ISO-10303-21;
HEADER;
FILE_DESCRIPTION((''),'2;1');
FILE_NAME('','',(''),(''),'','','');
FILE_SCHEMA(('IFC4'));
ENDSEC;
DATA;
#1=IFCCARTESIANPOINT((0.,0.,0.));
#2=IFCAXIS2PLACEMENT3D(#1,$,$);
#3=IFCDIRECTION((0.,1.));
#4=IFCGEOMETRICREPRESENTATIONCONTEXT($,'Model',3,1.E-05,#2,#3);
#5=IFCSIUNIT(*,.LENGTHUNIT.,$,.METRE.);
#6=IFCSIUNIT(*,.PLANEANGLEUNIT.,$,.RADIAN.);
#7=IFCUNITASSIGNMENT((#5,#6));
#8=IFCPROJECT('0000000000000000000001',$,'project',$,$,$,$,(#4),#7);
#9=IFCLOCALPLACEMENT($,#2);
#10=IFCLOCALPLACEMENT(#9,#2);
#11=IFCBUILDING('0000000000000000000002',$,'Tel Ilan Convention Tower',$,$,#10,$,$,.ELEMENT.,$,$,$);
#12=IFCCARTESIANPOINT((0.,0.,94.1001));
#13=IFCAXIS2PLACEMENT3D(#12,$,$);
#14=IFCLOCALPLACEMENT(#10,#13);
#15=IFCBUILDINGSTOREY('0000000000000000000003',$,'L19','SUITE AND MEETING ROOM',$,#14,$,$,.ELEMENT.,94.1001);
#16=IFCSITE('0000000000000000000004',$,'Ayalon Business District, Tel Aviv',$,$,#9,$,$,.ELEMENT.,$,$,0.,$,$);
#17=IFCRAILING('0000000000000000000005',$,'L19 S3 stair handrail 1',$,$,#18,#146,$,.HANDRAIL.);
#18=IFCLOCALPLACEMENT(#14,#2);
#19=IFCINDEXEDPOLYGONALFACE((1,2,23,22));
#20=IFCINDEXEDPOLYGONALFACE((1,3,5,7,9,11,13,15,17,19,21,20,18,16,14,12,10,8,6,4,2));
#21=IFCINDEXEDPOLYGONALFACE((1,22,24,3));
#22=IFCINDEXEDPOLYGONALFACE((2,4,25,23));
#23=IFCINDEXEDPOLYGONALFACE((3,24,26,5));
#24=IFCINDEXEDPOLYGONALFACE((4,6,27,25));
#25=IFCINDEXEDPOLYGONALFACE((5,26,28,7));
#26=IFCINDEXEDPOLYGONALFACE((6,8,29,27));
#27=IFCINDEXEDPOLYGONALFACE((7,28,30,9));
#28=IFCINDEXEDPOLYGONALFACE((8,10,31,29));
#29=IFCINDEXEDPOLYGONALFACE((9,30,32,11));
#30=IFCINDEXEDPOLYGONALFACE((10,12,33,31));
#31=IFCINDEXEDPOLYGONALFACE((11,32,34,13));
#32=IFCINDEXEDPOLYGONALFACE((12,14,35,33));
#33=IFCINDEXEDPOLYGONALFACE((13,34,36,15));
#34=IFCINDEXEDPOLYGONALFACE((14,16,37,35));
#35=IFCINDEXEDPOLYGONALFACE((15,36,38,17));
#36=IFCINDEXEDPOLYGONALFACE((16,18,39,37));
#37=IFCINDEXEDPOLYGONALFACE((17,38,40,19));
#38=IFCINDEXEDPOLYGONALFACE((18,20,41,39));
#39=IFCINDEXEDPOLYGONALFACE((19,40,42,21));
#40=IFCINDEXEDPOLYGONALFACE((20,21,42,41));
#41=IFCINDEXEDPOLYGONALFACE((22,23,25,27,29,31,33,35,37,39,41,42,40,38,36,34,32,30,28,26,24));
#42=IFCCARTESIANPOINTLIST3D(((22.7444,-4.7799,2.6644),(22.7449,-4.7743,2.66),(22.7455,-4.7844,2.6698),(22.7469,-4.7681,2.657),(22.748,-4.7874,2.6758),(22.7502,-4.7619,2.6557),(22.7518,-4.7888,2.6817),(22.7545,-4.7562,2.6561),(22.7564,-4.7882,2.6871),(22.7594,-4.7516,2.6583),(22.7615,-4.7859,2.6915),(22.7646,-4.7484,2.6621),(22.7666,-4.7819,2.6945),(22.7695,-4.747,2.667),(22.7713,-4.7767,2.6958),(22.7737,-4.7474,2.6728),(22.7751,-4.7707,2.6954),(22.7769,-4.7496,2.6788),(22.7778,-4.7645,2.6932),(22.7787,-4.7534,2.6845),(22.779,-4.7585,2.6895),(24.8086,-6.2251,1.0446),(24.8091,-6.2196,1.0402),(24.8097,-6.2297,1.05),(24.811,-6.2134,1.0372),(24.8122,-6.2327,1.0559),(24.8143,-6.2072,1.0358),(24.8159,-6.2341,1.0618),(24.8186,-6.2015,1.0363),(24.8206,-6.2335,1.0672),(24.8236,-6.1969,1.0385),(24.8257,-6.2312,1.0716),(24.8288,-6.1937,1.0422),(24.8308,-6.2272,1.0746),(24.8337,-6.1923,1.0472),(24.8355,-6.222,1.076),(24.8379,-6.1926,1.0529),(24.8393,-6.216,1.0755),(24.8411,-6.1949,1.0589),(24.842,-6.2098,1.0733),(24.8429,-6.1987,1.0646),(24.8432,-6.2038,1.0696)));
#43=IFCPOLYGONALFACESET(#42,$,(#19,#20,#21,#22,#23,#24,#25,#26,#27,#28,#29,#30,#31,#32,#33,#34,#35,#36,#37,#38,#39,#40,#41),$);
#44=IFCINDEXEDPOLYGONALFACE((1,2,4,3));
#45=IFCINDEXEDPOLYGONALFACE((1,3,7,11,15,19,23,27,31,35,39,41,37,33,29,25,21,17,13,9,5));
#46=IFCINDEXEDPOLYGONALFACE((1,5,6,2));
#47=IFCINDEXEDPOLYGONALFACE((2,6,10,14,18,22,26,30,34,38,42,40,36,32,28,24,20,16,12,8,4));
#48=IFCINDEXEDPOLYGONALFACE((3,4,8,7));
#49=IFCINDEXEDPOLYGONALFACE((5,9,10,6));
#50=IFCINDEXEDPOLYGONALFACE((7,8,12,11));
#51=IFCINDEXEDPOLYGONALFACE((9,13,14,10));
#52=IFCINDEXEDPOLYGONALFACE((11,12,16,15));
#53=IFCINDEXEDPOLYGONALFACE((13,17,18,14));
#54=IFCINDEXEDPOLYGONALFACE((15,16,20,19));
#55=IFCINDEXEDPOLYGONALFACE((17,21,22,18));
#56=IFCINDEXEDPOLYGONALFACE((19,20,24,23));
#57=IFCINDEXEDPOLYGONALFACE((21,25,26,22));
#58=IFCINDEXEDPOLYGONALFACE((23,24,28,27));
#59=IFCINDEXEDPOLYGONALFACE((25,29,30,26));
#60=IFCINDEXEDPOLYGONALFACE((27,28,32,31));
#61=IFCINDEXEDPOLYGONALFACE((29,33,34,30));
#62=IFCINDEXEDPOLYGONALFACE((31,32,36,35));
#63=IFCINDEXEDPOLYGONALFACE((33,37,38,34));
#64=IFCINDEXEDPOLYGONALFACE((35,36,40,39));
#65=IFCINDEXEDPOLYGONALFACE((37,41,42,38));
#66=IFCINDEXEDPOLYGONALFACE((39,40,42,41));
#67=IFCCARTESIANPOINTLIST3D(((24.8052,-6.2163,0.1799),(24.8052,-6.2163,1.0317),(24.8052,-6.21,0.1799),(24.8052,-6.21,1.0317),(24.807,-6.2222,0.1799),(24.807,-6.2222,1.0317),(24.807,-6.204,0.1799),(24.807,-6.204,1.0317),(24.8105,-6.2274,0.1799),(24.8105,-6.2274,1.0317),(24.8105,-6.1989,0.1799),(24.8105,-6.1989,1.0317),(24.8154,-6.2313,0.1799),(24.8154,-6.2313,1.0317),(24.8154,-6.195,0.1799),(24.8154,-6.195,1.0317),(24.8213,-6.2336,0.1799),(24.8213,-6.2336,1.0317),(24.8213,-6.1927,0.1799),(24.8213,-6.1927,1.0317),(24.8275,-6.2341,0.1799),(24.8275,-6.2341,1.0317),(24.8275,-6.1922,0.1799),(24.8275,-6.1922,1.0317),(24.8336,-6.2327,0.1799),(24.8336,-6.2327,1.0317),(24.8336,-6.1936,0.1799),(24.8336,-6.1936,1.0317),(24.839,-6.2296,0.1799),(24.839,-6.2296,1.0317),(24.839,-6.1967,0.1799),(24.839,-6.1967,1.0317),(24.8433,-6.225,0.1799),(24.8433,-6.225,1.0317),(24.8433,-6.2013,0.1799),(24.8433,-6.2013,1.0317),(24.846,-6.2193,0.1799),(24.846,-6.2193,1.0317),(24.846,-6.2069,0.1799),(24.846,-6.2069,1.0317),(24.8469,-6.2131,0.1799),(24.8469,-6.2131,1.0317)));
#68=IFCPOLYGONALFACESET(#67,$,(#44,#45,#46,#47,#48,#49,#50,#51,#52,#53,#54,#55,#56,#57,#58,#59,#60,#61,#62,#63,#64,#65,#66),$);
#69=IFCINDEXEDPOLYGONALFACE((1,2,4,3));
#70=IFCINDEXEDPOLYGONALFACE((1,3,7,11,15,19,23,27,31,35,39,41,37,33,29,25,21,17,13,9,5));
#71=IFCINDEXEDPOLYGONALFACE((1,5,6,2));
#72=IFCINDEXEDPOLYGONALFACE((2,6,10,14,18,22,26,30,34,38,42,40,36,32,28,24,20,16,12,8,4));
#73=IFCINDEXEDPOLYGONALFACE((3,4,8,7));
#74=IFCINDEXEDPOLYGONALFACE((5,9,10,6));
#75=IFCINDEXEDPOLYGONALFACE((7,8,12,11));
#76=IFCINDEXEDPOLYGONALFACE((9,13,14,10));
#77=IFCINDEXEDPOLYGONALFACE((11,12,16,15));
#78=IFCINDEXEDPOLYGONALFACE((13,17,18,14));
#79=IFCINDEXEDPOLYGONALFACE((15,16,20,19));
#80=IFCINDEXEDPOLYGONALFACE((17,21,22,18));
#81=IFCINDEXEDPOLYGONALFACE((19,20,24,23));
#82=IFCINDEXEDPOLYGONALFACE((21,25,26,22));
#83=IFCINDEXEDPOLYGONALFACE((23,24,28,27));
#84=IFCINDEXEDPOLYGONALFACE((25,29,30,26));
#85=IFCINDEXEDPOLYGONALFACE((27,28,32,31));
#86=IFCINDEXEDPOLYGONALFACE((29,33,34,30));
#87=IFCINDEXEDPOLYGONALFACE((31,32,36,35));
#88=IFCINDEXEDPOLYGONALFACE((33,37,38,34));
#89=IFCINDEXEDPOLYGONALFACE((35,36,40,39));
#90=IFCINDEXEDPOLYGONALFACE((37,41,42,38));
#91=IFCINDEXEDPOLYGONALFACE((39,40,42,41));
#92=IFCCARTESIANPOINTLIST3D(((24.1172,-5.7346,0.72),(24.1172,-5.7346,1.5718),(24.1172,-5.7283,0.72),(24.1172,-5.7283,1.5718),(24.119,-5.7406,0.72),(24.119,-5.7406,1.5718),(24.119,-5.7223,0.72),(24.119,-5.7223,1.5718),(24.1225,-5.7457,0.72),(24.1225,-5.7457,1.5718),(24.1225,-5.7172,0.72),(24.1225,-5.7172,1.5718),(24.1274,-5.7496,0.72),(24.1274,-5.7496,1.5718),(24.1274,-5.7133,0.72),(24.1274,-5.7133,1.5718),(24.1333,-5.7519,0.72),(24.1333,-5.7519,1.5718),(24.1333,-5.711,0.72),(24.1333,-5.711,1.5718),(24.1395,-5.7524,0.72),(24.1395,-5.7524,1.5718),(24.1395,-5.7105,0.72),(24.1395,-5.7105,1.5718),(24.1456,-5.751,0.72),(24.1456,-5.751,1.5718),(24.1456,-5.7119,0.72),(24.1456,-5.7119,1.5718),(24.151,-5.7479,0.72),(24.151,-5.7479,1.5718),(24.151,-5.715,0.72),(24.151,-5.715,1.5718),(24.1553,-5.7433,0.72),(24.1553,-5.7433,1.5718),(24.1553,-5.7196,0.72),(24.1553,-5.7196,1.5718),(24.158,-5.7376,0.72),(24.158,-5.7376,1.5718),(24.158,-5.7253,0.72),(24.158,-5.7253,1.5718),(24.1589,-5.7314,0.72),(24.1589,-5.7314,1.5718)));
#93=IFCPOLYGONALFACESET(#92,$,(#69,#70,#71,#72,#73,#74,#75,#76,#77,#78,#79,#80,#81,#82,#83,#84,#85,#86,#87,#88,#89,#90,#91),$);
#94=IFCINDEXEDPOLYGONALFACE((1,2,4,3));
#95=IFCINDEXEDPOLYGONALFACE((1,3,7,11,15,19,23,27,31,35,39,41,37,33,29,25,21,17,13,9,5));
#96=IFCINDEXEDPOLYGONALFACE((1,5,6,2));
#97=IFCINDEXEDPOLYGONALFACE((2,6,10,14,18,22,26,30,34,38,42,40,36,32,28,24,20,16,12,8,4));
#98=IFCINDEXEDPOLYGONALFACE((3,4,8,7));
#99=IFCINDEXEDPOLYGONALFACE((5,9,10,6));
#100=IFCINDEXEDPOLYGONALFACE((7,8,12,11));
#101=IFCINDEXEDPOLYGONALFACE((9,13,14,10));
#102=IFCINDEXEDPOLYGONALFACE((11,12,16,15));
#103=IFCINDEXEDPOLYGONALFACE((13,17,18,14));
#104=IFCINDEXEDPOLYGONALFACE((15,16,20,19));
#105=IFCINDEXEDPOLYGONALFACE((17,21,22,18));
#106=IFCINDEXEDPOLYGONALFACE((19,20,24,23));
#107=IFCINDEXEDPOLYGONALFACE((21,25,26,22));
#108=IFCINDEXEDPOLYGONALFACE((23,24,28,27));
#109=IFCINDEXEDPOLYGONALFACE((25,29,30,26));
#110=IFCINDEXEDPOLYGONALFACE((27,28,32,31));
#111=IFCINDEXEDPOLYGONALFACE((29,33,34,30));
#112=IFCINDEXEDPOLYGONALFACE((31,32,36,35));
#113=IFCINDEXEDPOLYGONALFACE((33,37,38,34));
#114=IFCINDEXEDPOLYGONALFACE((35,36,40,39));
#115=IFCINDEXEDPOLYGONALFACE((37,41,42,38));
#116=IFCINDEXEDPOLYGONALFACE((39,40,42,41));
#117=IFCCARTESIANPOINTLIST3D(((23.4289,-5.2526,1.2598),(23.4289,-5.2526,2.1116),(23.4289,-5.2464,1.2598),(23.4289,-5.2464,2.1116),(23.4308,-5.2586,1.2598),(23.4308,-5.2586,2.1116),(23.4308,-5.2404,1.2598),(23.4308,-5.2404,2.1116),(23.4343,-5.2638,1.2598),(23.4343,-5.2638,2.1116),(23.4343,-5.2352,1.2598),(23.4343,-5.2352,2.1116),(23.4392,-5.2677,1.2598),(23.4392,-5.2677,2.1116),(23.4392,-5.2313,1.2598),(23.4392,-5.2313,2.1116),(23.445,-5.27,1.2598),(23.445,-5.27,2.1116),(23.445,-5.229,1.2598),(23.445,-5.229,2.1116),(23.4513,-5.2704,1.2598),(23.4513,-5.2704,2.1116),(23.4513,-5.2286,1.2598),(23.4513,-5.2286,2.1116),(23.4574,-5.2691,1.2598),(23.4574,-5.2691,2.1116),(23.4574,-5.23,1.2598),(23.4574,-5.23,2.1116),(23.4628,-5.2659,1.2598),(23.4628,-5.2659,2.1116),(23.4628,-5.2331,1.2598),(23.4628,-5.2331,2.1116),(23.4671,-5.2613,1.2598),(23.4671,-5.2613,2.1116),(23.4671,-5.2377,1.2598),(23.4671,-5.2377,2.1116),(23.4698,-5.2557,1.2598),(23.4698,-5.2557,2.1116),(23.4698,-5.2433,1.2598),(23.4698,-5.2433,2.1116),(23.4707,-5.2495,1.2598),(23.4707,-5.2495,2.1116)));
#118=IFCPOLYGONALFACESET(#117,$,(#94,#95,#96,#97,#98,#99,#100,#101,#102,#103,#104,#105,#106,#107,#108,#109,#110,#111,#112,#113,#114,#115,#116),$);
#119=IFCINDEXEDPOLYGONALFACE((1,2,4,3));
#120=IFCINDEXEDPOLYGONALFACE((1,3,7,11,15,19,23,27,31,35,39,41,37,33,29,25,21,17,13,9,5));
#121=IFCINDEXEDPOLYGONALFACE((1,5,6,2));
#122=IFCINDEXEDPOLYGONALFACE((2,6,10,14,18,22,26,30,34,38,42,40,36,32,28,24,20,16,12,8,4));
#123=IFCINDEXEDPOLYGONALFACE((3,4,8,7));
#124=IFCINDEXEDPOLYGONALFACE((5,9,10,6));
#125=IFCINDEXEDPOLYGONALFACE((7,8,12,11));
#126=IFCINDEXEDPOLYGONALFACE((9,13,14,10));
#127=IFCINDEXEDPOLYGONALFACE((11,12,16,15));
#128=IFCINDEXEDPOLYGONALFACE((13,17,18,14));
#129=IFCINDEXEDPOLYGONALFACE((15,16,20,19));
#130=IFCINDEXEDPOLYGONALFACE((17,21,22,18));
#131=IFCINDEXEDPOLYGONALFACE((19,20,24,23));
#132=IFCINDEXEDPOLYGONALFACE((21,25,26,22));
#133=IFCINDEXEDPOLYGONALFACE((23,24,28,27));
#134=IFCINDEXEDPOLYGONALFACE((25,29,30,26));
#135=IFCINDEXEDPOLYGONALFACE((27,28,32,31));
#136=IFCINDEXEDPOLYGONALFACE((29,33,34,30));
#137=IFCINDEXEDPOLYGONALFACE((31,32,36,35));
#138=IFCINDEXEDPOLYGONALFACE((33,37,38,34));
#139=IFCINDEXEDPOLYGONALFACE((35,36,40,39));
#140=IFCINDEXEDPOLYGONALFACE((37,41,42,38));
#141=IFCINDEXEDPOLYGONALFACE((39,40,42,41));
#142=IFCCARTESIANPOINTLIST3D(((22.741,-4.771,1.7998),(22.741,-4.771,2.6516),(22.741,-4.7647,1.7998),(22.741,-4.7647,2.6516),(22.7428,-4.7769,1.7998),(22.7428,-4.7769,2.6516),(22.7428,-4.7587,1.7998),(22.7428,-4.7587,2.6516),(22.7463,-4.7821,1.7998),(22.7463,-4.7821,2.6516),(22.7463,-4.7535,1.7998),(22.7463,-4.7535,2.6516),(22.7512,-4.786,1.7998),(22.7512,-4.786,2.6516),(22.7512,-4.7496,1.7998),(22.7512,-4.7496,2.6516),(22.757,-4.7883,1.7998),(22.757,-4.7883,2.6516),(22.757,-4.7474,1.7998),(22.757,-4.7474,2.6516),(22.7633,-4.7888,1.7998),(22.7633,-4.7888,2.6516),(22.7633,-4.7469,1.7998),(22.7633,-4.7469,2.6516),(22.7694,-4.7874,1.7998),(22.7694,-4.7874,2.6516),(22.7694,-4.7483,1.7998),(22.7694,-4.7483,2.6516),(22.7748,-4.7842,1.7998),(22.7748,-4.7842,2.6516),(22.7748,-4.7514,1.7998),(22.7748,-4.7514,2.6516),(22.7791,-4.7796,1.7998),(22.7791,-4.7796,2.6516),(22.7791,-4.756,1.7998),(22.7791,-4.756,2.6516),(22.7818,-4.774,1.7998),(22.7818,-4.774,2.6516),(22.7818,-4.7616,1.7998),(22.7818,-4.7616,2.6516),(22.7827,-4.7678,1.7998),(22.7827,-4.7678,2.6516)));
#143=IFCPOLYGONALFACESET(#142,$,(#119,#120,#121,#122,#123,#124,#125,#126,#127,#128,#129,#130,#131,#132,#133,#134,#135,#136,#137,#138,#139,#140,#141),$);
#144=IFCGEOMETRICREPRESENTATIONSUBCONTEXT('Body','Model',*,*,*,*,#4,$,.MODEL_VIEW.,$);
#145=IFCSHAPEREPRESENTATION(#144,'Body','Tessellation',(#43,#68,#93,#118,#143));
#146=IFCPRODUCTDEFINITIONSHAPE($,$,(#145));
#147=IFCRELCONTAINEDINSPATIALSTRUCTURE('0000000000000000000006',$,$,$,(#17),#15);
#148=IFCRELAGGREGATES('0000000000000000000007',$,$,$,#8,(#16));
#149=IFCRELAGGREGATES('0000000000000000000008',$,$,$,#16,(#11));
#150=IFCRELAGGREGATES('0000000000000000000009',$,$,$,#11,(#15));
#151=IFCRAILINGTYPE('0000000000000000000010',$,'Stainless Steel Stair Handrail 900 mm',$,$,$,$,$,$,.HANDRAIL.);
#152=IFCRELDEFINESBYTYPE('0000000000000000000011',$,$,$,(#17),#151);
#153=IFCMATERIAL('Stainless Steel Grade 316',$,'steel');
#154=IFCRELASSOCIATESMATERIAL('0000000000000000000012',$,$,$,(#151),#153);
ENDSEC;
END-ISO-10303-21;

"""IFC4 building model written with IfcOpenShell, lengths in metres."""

from ifc_helpers import new_model, si_unit, direction, frame, origin, origin_2d, place, context, subcontext, project, spatial, circle, extrude, material, type_object, element, save


model = new_model("IFC4")

# Units and contexts
model_context = context("Model", 3, precision=1e-05, world=origin(), true_north=direction((0.0, 1.0)))
body_context = subcontext(model_context, "Body", "Model", "MODEL_VIEW")
ifc_project = project(units=[si_unit("LENGTHUNIT", "METRE"), si_unit("PLANEANGLEUNIT", "RADIAN")], contexts=[model_context])

# Site, building, storey
site_placement = place(None, origin())
site = spatial("IfcSite", under=ifc_project, at=site_placement, Name="Ayalon Business District, Tel Aviv", CompositionType="ELEMENT", RefElevation=0.0)
building_placement = place(site_placement, origin())
building = spatial("IfcBuilding", under=site, at=building_placement, Name="Tel Ilan Convention Tower", CompositionType="ELEMENT")
storey_placement = place(building_placement, frame((0.0, 0.0, 94.1001)))
storey = spatial("IfcBuildingStorey", under=building, at=storey_placement, Name="L19", Description="SUITE AND MEETING ROOM", CompositionType="ELEMENT", Elevation=94.1001)

# Railing
ifc_material_1 = material(Name="Stainless Steel Grade 316", Category="steel")
railing_type = type_object("IfcRailingType", Name="Stainless Steel Stair Handrail 900 mm", PredefinedType="HANDRAIL", material=ifc_material_1)
railing_placement = place(storey_placement, frame((24.8259, -6.2131, 0.1799)))
element("IfcRailing", 1, at=railing_placement, inside=storey, type_object=railing_type, Name="L19 S3 stair handrail 1", PredefinedType="HANDRAIL", context=body_context, shape_type="SweptSolid", body=[
    extrude(circle(Radius=0.0239, at=origin_2d()), frame((0.0, 0.0, 0.876), z_axis=(-0.68907, 0.482472, 0.540743), x_axis=(-0.57356, -0.819164, 0.0)), (0.0, 0.0, 1.0), 2.9956),
    extrude(circle(Radius=0.021, at=origin_2d()), origin(), (0.0, 0.0, 1.0), 0.8518),
    extrude(circle(Radius=0.021, at=origin_2d()), frame((-0.688, 0.4817, 0.54)), (0.0, 0.0, 1.0), 0.8518),
    extrude(circle(Radius=0.021, at=origin_2d()), frame((-1.3762, 0.9636, 1.0798)), (0.0, 0.0, 1.0), 0.8518),
    extrude(circle(Radius=0.021, at=origin_2d()), frame((-2.0642, 1.4453, 1.6199)), (0.0, 0.0, 1.0), 0.8518),
])

save(model, "model.ifc")
